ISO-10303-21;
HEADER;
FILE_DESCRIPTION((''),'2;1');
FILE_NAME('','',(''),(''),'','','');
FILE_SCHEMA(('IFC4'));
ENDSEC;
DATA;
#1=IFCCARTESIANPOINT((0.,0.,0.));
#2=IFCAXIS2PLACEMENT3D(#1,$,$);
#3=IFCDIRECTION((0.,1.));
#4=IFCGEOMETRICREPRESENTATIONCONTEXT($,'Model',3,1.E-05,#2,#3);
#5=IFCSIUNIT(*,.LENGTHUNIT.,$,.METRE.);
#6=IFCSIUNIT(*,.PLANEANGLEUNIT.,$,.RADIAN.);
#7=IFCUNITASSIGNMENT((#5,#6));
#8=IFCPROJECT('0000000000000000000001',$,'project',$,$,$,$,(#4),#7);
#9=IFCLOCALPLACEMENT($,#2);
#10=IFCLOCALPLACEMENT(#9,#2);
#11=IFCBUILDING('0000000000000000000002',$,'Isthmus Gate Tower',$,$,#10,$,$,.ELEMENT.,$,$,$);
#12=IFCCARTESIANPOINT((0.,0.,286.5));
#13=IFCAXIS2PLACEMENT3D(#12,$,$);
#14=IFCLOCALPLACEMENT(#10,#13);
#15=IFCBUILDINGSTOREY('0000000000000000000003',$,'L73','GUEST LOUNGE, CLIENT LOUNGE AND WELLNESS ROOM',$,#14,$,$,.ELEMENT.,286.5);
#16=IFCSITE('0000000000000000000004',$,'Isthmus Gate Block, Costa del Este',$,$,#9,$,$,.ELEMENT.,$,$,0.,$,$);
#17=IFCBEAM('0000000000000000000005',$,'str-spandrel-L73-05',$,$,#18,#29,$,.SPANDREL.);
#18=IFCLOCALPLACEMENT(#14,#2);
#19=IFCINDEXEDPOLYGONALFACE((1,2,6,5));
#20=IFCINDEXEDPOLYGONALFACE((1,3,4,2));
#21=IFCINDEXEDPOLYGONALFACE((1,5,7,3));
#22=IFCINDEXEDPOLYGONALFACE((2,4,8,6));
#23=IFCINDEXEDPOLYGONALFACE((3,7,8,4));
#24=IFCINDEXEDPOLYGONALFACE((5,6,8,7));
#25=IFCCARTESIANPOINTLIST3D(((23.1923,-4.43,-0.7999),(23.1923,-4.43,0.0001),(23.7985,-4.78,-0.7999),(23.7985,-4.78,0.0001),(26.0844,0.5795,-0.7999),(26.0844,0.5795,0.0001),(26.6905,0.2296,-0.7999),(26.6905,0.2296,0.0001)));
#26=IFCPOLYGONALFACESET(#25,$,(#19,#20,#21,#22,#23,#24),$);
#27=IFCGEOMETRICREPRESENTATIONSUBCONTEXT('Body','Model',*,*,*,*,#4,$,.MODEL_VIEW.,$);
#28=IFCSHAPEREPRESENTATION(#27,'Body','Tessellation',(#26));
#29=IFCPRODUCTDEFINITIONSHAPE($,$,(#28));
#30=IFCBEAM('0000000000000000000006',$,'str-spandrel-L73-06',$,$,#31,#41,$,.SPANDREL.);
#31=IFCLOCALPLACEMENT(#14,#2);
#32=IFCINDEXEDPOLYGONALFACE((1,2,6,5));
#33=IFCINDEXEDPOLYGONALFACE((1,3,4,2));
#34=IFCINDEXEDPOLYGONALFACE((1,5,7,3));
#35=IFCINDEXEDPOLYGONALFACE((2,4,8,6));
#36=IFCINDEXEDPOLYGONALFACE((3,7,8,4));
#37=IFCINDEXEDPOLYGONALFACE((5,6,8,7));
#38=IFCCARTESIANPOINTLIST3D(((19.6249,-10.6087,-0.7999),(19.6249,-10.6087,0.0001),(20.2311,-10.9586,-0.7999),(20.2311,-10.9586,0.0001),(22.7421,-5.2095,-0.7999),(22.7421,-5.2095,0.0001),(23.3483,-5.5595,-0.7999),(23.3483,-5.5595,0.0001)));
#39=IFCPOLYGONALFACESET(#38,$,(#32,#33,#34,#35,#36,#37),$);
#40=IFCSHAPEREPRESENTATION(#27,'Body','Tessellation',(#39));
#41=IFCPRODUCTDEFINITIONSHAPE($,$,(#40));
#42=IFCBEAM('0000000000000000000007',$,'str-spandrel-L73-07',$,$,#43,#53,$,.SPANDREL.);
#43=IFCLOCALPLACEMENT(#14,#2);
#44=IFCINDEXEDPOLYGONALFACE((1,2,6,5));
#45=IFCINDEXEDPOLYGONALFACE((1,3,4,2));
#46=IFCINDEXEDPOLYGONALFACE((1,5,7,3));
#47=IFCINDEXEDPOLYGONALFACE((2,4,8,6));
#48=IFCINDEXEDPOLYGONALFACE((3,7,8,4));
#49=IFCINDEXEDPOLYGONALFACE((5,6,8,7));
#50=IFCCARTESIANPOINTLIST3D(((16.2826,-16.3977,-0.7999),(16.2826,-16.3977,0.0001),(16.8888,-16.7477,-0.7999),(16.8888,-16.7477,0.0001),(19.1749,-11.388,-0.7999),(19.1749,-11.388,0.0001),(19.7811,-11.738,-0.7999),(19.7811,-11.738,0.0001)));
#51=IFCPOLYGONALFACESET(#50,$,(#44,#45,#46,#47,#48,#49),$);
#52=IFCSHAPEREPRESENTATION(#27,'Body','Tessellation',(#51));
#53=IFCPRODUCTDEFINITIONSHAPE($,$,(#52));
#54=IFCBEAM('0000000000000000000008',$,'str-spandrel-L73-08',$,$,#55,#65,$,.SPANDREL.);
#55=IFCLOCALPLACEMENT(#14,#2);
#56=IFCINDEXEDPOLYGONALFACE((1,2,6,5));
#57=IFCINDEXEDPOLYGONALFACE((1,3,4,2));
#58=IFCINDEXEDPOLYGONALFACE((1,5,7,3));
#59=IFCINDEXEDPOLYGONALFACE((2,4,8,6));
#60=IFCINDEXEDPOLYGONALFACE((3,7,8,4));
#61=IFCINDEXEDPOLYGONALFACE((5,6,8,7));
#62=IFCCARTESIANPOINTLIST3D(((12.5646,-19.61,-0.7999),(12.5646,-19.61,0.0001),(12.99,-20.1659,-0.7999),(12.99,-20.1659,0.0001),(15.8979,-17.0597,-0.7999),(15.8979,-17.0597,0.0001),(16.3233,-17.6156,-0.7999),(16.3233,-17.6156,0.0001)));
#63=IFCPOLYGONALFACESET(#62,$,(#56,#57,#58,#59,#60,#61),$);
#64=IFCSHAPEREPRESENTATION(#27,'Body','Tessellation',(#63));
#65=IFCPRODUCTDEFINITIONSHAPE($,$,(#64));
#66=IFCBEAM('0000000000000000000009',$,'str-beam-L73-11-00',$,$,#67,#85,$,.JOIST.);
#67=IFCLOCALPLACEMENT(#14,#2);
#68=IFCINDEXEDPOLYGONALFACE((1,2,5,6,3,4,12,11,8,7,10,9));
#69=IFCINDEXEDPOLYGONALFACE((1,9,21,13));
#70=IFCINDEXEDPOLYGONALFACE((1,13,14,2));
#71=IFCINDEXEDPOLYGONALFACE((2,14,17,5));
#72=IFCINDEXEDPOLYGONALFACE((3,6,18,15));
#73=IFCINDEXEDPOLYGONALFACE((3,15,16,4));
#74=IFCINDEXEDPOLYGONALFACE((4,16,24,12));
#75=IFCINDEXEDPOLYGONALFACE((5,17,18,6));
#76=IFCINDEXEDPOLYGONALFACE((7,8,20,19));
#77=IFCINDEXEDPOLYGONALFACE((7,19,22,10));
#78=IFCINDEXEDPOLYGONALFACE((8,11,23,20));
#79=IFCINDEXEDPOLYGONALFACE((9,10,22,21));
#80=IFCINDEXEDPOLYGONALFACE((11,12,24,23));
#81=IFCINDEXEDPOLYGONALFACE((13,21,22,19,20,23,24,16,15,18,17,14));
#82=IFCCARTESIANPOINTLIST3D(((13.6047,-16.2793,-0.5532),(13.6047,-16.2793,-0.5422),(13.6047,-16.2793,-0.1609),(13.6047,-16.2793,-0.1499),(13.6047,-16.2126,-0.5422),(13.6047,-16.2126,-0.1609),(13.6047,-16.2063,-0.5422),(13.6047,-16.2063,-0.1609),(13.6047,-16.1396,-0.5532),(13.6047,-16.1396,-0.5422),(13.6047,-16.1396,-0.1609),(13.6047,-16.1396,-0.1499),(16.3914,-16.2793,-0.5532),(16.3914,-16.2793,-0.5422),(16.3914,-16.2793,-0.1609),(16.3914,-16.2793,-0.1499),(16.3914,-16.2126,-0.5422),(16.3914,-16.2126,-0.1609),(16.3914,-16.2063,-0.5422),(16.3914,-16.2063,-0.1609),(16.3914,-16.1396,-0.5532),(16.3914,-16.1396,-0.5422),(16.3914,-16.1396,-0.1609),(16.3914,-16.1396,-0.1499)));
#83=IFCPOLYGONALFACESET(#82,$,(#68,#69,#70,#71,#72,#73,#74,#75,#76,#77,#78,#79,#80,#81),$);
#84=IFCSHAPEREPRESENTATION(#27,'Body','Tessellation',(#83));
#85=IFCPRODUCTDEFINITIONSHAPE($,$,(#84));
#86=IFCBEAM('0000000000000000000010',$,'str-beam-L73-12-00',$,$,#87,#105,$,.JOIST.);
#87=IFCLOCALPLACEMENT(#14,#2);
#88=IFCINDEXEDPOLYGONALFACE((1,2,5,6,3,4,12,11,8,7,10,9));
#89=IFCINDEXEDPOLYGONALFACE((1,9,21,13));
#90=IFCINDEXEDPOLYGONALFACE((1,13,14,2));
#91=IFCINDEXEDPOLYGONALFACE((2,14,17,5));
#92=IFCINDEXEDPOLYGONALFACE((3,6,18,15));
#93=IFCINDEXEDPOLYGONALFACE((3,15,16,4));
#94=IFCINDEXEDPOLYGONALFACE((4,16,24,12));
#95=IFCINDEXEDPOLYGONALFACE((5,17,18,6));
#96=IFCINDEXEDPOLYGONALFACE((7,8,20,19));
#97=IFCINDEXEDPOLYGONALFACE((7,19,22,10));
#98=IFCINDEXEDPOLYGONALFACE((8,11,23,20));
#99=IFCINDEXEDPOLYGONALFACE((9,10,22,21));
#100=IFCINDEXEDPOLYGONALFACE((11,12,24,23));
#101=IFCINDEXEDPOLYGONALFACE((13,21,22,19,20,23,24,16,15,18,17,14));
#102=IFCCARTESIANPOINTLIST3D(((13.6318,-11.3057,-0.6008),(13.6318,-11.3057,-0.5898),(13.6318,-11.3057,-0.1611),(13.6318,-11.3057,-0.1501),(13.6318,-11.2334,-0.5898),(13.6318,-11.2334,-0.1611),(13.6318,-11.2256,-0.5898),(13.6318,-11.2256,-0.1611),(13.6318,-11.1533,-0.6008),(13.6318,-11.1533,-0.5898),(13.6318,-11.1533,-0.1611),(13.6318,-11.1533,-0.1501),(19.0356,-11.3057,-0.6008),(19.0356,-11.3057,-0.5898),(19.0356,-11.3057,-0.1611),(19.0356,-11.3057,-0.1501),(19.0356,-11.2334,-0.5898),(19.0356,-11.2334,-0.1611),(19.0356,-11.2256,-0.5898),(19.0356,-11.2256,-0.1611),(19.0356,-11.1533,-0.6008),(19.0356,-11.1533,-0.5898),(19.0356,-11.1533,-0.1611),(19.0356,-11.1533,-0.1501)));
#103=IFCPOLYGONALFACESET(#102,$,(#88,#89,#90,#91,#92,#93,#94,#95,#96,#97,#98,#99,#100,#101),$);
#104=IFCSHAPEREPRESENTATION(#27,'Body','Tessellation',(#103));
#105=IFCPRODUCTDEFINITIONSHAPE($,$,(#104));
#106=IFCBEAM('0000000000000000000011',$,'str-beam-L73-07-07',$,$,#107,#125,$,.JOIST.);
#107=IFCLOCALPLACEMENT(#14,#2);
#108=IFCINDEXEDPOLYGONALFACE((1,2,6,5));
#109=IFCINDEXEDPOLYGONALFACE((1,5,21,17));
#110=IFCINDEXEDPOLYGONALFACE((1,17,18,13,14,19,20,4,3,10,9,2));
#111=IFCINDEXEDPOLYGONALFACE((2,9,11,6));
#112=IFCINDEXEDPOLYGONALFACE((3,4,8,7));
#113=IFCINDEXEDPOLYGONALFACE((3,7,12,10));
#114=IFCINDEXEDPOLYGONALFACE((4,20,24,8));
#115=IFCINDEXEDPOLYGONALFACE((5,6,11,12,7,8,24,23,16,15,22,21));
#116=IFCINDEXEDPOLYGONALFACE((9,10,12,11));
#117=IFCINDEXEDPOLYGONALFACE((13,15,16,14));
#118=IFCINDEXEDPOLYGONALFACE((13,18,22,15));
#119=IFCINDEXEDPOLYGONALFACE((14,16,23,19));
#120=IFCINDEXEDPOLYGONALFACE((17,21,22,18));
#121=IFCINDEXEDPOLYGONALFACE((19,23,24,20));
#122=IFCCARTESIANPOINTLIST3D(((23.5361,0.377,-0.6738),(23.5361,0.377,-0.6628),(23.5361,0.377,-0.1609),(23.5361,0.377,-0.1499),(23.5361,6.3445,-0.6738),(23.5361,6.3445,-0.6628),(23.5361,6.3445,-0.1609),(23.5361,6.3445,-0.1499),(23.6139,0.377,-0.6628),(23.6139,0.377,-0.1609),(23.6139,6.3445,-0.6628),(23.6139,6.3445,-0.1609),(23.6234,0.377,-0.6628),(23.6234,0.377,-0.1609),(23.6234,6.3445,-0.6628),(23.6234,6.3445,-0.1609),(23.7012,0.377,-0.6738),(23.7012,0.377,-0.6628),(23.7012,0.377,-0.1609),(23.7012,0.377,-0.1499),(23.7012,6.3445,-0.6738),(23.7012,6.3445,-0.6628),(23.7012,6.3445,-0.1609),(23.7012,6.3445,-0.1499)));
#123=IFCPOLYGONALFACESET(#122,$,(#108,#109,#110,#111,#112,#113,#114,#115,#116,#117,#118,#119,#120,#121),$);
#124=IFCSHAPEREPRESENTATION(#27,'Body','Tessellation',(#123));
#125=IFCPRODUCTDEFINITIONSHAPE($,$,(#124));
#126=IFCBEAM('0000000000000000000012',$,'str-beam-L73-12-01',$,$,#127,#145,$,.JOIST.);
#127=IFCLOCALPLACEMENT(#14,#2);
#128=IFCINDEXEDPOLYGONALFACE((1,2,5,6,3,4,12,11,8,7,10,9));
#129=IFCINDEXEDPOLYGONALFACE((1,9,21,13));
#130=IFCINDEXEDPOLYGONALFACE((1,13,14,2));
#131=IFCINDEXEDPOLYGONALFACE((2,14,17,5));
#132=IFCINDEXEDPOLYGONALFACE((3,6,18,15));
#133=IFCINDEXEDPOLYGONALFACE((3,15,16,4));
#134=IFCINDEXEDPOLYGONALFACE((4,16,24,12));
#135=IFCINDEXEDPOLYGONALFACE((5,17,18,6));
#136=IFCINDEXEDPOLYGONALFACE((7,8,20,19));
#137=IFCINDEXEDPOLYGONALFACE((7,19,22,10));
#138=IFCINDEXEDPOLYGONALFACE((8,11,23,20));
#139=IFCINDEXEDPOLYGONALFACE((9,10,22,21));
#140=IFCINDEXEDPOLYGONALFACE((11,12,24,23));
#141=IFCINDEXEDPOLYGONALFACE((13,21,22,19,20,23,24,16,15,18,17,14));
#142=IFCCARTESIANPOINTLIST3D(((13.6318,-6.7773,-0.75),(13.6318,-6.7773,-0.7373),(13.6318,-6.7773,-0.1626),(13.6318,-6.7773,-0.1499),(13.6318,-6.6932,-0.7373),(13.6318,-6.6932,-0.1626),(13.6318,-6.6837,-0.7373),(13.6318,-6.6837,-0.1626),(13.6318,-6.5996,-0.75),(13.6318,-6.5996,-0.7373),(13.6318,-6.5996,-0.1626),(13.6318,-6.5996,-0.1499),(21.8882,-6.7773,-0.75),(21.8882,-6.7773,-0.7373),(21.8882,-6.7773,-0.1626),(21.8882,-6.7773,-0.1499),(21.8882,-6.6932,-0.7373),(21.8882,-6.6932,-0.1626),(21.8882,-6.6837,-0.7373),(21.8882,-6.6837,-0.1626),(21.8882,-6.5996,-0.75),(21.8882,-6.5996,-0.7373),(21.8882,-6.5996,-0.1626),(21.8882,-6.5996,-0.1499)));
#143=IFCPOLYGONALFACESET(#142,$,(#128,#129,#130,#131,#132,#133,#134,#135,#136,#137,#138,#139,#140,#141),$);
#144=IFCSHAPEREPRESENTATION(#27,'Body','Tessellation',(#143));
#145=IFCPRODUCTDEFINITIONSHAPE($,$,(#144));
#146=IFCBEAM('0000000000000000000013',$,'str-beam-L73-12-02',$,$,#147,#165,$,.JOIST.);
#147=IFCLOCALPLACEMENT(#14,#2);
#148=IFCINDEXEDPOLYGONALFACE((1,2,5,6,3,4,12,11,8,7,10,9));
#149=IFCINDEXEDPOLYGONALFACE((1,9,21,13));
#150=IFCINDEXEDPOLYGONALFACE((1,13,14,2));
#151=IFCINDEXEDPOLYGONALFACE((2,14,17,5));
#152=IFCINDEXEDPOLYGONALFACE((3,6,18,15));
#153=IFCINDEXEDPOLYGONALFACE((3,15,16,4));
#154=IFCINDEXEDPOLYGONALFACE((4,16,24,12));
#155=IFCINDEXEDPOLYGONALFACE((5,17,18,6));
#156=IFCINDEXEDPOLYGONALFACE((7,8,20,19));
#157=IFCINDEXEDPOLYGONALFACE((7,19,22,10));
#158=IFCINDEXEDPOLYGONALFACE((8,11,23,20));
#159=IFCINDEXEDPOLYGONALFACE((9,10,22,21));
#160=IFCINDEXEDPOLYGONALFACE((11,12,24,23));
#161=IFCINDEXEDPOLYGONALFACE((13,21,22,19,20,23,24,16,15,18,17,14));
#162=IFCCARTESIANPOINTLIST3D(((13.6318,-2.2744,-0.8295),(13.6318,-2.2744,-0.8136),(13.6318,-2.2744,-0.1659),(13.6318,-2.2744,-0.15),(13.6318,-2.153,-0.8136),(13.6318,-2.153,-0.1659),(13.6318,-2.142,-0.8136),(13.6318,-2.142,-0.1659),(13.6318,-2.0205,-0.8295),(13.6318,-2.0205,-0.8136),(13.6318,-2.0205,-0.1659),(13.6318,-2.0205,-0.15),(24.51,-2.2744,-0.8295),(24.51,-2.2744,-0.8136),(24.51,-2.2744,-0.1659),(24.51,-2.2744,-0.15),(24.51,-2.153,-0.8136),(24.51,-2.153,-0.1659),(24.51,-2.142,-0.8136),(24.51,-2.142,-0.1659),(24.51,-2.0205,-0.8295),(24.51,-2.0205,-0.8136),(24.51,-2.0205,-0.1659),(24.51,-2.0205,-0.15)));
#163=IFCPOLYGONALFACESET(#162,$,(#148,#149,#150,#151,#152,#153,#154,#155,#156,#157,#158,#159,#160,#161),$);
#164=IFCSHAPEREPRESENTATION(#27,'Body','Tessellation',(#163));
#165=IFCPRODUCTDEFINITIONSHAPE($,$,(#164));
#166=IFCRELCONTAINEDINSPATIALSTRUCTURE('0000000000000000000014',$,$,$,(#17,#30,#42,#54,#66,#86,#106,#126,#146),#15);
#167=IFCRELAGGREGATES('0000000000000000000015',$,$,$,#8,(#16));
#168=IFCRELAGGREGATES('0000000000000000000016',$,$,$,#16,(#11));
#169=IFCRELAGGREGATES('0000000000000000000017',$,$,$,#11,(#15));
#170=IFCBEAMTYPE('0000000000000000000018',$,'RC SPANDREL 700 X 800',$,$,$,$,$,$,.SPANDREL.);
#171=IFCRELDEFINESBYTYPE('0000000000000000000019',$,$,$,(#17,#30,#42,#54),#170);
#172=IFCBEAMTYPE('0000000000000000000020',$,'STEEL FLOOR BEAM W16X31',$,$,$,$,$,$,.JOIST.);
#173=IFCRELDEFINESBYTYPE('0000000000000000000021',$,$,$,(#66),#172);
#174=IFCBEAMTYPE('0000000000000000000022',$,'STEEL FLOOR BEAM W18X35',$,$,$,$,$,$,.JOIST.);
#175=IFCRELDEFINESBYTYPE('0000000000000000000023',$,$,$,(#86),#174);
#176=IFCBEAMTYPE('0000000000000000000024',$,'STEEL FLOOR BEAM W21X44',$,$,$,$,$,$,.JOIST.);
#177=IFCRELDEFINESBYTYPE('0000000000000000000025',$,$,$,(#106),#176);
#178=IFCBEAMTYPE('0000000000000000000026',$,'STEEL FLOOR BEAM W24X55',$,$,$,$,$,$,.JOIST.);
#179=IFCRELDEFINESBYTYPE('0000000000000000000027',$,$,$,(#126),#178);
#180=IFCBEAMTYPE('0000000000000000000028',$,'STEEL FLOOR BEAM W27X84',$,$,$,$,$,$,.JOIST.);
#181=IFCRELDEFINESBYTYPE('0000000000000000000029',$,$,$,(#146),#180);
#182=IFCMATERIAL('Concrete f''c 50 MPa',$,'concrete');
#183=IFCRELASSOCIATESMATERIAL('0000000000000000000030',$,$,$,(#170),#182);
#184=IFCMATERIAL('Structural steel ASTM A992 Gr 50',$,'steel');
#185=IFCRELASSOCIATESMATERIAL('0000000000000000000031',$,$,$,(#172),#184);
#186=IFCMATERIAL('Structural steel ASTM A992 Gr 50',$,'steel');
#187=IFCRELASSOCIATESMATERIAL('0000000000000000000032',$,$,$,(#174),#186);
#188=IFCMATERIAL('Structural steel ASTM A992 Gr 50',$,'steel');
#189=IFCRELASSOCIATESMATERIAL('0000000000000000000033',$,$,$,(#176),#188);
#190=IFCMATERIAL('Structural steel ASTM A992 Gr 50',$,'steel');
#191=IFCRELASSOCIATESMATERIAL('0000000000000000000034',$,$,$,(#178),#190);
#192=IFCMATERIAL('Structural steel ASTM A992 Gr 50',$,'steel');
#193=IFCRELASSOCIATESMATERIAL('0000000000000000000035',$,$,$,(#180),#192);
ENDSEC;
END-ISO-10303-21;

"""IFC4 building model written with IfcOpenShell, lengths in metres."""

from ifc_helpers import new_model, si_unit, direction, frame, origin, origin_2d, place, context, subcontext, project, spatial, rectangle, i_section, extrude, material, material_profile, profile_set, type_object, element, save


model = new_model("IFC4")

# Units and contexts
model_context = context("Model", 3, precision=1e-05, world=origin(), true_north=direction((0.0, 1.0)))
body_context = subcontext(model_context, "Body", "Model", "MODEL_VIEW")
ifc_project = project(units=[si_unit("LENGTHUNIT", "METRE"), si_unit("PLANEANGLEUNIT", "RADIAN")], contexts=[model_context])

# Site, building, storey
site_placement = place(None, origin())
site = spatial("IfcSite", under=ifc_project, at=site_placement, Name="Isthmus Gate Block, Costa del Este", CompositionType="ELEMENT", RefElevation=0.0)
building_placement = place(site_placement, origin())
building = spatial("IfcBuilding", under=site, at=building_placement, Name="Isthmus Gate Tower", CompositionType="ELEMENT")
storey_placement = place(building_placement, frame((0.0, 0.0, 286.5)))
storey = spatial("IfcBuildingStorey", under=building, at=storey_placement, Name="L73", Description="GUEST LOUNGE, CLIENT LOUNGE AND WELLNESS ROOM", CompositionType="ELEMENT", Elevation=286.5)

# Beams
ifc_material_1 = material(Name="Concrete f'c 50 MPa", Category="concrete")
ifc_material_profile_1 = material_profile(ifc_material_1, rectangle(XDim=0.7, YDim=0.8, at=origin_2d()), Name="RC 700X800")
ifc_profile_set_1 = profile_set([ifc_material_profile_1], Name="Concrete f'c 50 MPa")
beam_type_1 = type_object("IfcBeamType", Name="RC SPANDREL 700 X 800", PredefinedType="SPANDREL", material=ifc_profile_set_1)
beam_1_placement = place(storey_placement, frame((26.3875, 0.4045, -0.3999), z_axis=(-0.499979, -0.866037, 0.0), x_axis=(0.866037, -0.499979, 0.0)))
element("IfcBeam", 1, at=beam_1_placement, inside=storey, type_object=beam_type_1, Name="str-spandrel-L73-05", PredefinedType="SPANDREL", context=body_context, shape_type="SweptSolid", body=[
    extrude(rectangle(XDim=0.7, YDim=0.8, at=origin_2d()), origin(), (0.0, 0.0, 1.0), 5.7844),
])
beam_2_placement = place(storey_placement, frame((23.0452, -5.3845, -0.3999), z_axis=(-0.499997, -0.866027, 0.0), x_axis=(0.866027, -0.499997, 0.0)))
element("IfcBeam", 2, at=beam_2_placement, inside=storey, type_object=beam_type_1, Name="str-spandrel-L73-06", PredefinedType="SPANDREL", context=body_context, shape_type="SweptSolid", body=[
    extrude(rectangle(XDim=0.7, YDim=0.8, at=origin_2d()), origin(), (0.0, 0.0, 1.0), 6.2344),
])
beam_3_placement = place(storey_placement, frame((19.478, -11.563, -0.3999), z_axis=(-0.499993, -0.86603, 0.0), x_axis=(0.86603, -0.499993, 0.0)))
element("IfcBeam", 3, at=beam_3_placement, inside=storey, type_object=beam_type_1, Name="str-spandrel-L73-07", PredefinedType="SPANDREL", context=body_context, shape_type="SweptSolid", body=[
    extrude(rectangle(XDim=0.7, YDim=0.8, at=origin_2d()), origin(), (0.0, 0.0, 1.0), 5.7847),
])
beam_4_placement = place(storey_placement, frame((16.1106, -17.3376, -0.3999), z_axis=(-0.794204, -0.607651, 0.0), x_axis=(0.607651, -0.794204, 0.0)))
element("IfcBeam", 4, at=beam_4_placement, inside=storey, type_object=beam_type_1, Name="str-spandrel-L73-08", PredefinedType="SPANDREL", context=body_context, shape_type="SweptSolid", body=[
    extrude(rectangle(XDim=0.7, YDim=0.8, at=origin_2d()), origin(), (0.0, 0.0, 1.0), 4.197),
])
ifc_material_2 = material(Name="Structural steel ASTM A992 Gr 50", Category="steel")
ifc_material_profile_2 = material_profile(ifc_material_2, i_section(OverallWidth=0.1396, OverallDepth=0.4033, WebThickness=0.0063, FlangeThickness=0.011, at=origin_2d()), Name="W16X31")
ifc_profile_set_2 = profile_set([ifc_material_profile_2], Name="Structural steel ASTM A992 Gr 50")
beam_type_2 = type_object("IfcBeamType", Name="STEEL FLOOR BEAM W16X31", PredefinedType="JOIST", material=ifc_profile_set_2)
beam_5_placement = place(storey_placement, frame((13.6047, -16.2095, -0.3516), z_axis=(1.0, 0.0, 0.0), x_axis=(0.0, 1.0, 0.0)))
element("IfcBeam", 5, at=beam_5_placement, inside=storey, type_object=beam_type_2, Name="str-beam-L73-11-00", PredefinedType="JOIST", context=body_context, shape_type="SweptSolid", body=[
    extrude(i_section(OverallWidth=0.1396, OverallDepth=0.4033, WebThickness=0.0063, FlangeThickness=0.011, at=origin_2d()), origin(), (0.0, 0.0, 1.0), 2.7866),
])
ifc_material_3 = material(Name="Structural steel ASTM A992 Gr 50", Category="steel")
ifc_material_profile_3 = material_profile(ifc_material_3, i_section(OverallWidth=0.1523, OverallDepth=0.4507, WebThickness=0.0078, FlangeThickness=0.011, at=origin_2d()), Name="W18X35")
ifc_profile_set_3 = profile_set([ifc_material_profile_3], Name="Structural steel ASTM A992 Gr 50")
beam_type_3 = type_object("IfcBeamType", Name="STEEL FLOOR BEAM W18X35", PredefinedType="JOIST", material=ifc_profile_set_3)
beam_6_placement = place(storey_placement, frame((13.6318, -11.2295, -0.3755), z_axis=(1.0, 0.0, 0.0), x_axis=(0.0, 1.0, 0.0)))
element("IfcBeam", 6, at=beam_6_placement, inside=storey, type_object=beam_type_3, Name="str-beam-L73-12-00", PredefinedType="JOIST", context=body_context, shape_type="SweptSolid", body=[
    extrude(i_section(OverallWidth=0.1523, OverallDepth=0.4507, WebThickness=0.0078, FlangeThickness=0.011, at=origin_2d()), origin(), (0.0, 0.0, 1.0), 5.4038),
])
ifc_material_4 = material(Name="Structural steel ASTM A992 Gr 50", Category="steel")
ifc_material_profile_4 = material_profile(ifc_material_4, i_section(OverallWidth=0.165, OverallDepth=0.5239, WebThickness=0.0095, FlangeThickness=0.011, at=origin_2d()), Name="W21X44")
ifc_profile_set_4 = profile_set([ifc_material_profile_4], Name="Structural steel ASTM A992 Gr 50")
beam_type_4 = type_object("IfcBeamType", Name="STEEL FLOOR BEAM W21X44", PredefinedType="JOIST", material=ifc_profile_set_4)
beam_7_placement = place(storey_placement, frame((23.6187, 0.377, -0.4119), z_axis=(0.0, 1.0, 0.0), x_axis=(-1.0, 0.0, 0.0)))
element("IfcBeam", 7, at=beam_7_placement, inside=storey, type_object=beam_type_4, Name="str-beam-L73-07-07", PredefinedType="JOIST", context=body_context, shape_type="SweptSolid", body=[
    extrude(i_section(OverallWidth=0.165, OverallDepth=0.5239, WebThickness=0.0095, FlangeThickness=0.011, at=origin_2d()), origin(), (0.0, 0.0, 1.0), 5.9675),
])
ifc_material_5 = material(Name="Structural steel ASTM A992 Gr 50", Category="steel")
ifc_material_profile_5 = material_profile(ifc_material_5, i_section(OverallWidth=0.1777, OverallDepth=0.6001, WebThickness=0.0095, FlangeThickness=0.0127, at=origin_2d()), Name="W24X55")
ifc_profile_set_5 = profile_set([ifc_material_profile_5], Name="Structural steel ASTM A992 Gr 50")
beam_type_5 = type_object("IfcBeamType", Name="STEEL FLOOR BEAM W24X55", PredefinedType="JOIST", material=ifc_profile_set_5)
beam_8_placement = place(storey_placement, frame((13.6318, -6.6885, -0.45), z_axis=(1.0, 0.0, 0.0), x_axis=(0.0, 1.0, 0.0)))
element("IfcBeam", 8, at=beam_8_placement, inside=storey, type_object=beam_type_5, Name="str-beam-L73-12-01", PredefinedType="JOIST", context=body_context, shape_type="SweptSolid", body=[
    extrude(i_section(OverallWidth=0.1777, OverallDepth=0.6001, WebThickness=0.0095, FlangeThickness=0.0127, at=origin_2d()), origin(), (0.0, 0.0, 1.0), 8.2563),
])
ifc_material_6 = material(Name="Structural steel ASTM A992 Gr 50", Category="steel")
ifc_material_profile_6 = material_profile(ifc_material_6, i_section(OverallWidth=0.2539, OverallDepth=0.6794, WebThickness=0.011, FlangeThickness=0.0159, at=origin_2d()), Name="W27X84")
ifc_profile_set_6 = profile_set([ifc_material_profile_6], Name="Structural steel ASTM A992 Gr 50")
beam_type_6 = type_object("IfcBeamType", Name="STEEL FLOOR BEAM W27X84", PredefinedType="JOIST", material=ifc_profile_set_6)
beam_9_placement = place(storey_placement, frame((13.6318, -2.1475, -0.4897), z_axis=(1.0, 0.0, 0.0), x_axis=(0.0, 1.0, 0.0)))
element("IfcBeam", 9, at=beam_9_placement, inside=storey, type_object=beam_type_6, Name="str-beam-L73-12-02", PredefinedType="JOIST", context=body_context, shape_type="SweptSolid", body=[
    extrude(i_section(OverallWidth=0.2539, OverallDepth=0.6794, WebThickness=0.011, FlangeThickness=0.0159, at=origin_2d()), origin(), (0.0, 0.0, 1.0), 10.8782),
])

save(model, "model.ifc")
